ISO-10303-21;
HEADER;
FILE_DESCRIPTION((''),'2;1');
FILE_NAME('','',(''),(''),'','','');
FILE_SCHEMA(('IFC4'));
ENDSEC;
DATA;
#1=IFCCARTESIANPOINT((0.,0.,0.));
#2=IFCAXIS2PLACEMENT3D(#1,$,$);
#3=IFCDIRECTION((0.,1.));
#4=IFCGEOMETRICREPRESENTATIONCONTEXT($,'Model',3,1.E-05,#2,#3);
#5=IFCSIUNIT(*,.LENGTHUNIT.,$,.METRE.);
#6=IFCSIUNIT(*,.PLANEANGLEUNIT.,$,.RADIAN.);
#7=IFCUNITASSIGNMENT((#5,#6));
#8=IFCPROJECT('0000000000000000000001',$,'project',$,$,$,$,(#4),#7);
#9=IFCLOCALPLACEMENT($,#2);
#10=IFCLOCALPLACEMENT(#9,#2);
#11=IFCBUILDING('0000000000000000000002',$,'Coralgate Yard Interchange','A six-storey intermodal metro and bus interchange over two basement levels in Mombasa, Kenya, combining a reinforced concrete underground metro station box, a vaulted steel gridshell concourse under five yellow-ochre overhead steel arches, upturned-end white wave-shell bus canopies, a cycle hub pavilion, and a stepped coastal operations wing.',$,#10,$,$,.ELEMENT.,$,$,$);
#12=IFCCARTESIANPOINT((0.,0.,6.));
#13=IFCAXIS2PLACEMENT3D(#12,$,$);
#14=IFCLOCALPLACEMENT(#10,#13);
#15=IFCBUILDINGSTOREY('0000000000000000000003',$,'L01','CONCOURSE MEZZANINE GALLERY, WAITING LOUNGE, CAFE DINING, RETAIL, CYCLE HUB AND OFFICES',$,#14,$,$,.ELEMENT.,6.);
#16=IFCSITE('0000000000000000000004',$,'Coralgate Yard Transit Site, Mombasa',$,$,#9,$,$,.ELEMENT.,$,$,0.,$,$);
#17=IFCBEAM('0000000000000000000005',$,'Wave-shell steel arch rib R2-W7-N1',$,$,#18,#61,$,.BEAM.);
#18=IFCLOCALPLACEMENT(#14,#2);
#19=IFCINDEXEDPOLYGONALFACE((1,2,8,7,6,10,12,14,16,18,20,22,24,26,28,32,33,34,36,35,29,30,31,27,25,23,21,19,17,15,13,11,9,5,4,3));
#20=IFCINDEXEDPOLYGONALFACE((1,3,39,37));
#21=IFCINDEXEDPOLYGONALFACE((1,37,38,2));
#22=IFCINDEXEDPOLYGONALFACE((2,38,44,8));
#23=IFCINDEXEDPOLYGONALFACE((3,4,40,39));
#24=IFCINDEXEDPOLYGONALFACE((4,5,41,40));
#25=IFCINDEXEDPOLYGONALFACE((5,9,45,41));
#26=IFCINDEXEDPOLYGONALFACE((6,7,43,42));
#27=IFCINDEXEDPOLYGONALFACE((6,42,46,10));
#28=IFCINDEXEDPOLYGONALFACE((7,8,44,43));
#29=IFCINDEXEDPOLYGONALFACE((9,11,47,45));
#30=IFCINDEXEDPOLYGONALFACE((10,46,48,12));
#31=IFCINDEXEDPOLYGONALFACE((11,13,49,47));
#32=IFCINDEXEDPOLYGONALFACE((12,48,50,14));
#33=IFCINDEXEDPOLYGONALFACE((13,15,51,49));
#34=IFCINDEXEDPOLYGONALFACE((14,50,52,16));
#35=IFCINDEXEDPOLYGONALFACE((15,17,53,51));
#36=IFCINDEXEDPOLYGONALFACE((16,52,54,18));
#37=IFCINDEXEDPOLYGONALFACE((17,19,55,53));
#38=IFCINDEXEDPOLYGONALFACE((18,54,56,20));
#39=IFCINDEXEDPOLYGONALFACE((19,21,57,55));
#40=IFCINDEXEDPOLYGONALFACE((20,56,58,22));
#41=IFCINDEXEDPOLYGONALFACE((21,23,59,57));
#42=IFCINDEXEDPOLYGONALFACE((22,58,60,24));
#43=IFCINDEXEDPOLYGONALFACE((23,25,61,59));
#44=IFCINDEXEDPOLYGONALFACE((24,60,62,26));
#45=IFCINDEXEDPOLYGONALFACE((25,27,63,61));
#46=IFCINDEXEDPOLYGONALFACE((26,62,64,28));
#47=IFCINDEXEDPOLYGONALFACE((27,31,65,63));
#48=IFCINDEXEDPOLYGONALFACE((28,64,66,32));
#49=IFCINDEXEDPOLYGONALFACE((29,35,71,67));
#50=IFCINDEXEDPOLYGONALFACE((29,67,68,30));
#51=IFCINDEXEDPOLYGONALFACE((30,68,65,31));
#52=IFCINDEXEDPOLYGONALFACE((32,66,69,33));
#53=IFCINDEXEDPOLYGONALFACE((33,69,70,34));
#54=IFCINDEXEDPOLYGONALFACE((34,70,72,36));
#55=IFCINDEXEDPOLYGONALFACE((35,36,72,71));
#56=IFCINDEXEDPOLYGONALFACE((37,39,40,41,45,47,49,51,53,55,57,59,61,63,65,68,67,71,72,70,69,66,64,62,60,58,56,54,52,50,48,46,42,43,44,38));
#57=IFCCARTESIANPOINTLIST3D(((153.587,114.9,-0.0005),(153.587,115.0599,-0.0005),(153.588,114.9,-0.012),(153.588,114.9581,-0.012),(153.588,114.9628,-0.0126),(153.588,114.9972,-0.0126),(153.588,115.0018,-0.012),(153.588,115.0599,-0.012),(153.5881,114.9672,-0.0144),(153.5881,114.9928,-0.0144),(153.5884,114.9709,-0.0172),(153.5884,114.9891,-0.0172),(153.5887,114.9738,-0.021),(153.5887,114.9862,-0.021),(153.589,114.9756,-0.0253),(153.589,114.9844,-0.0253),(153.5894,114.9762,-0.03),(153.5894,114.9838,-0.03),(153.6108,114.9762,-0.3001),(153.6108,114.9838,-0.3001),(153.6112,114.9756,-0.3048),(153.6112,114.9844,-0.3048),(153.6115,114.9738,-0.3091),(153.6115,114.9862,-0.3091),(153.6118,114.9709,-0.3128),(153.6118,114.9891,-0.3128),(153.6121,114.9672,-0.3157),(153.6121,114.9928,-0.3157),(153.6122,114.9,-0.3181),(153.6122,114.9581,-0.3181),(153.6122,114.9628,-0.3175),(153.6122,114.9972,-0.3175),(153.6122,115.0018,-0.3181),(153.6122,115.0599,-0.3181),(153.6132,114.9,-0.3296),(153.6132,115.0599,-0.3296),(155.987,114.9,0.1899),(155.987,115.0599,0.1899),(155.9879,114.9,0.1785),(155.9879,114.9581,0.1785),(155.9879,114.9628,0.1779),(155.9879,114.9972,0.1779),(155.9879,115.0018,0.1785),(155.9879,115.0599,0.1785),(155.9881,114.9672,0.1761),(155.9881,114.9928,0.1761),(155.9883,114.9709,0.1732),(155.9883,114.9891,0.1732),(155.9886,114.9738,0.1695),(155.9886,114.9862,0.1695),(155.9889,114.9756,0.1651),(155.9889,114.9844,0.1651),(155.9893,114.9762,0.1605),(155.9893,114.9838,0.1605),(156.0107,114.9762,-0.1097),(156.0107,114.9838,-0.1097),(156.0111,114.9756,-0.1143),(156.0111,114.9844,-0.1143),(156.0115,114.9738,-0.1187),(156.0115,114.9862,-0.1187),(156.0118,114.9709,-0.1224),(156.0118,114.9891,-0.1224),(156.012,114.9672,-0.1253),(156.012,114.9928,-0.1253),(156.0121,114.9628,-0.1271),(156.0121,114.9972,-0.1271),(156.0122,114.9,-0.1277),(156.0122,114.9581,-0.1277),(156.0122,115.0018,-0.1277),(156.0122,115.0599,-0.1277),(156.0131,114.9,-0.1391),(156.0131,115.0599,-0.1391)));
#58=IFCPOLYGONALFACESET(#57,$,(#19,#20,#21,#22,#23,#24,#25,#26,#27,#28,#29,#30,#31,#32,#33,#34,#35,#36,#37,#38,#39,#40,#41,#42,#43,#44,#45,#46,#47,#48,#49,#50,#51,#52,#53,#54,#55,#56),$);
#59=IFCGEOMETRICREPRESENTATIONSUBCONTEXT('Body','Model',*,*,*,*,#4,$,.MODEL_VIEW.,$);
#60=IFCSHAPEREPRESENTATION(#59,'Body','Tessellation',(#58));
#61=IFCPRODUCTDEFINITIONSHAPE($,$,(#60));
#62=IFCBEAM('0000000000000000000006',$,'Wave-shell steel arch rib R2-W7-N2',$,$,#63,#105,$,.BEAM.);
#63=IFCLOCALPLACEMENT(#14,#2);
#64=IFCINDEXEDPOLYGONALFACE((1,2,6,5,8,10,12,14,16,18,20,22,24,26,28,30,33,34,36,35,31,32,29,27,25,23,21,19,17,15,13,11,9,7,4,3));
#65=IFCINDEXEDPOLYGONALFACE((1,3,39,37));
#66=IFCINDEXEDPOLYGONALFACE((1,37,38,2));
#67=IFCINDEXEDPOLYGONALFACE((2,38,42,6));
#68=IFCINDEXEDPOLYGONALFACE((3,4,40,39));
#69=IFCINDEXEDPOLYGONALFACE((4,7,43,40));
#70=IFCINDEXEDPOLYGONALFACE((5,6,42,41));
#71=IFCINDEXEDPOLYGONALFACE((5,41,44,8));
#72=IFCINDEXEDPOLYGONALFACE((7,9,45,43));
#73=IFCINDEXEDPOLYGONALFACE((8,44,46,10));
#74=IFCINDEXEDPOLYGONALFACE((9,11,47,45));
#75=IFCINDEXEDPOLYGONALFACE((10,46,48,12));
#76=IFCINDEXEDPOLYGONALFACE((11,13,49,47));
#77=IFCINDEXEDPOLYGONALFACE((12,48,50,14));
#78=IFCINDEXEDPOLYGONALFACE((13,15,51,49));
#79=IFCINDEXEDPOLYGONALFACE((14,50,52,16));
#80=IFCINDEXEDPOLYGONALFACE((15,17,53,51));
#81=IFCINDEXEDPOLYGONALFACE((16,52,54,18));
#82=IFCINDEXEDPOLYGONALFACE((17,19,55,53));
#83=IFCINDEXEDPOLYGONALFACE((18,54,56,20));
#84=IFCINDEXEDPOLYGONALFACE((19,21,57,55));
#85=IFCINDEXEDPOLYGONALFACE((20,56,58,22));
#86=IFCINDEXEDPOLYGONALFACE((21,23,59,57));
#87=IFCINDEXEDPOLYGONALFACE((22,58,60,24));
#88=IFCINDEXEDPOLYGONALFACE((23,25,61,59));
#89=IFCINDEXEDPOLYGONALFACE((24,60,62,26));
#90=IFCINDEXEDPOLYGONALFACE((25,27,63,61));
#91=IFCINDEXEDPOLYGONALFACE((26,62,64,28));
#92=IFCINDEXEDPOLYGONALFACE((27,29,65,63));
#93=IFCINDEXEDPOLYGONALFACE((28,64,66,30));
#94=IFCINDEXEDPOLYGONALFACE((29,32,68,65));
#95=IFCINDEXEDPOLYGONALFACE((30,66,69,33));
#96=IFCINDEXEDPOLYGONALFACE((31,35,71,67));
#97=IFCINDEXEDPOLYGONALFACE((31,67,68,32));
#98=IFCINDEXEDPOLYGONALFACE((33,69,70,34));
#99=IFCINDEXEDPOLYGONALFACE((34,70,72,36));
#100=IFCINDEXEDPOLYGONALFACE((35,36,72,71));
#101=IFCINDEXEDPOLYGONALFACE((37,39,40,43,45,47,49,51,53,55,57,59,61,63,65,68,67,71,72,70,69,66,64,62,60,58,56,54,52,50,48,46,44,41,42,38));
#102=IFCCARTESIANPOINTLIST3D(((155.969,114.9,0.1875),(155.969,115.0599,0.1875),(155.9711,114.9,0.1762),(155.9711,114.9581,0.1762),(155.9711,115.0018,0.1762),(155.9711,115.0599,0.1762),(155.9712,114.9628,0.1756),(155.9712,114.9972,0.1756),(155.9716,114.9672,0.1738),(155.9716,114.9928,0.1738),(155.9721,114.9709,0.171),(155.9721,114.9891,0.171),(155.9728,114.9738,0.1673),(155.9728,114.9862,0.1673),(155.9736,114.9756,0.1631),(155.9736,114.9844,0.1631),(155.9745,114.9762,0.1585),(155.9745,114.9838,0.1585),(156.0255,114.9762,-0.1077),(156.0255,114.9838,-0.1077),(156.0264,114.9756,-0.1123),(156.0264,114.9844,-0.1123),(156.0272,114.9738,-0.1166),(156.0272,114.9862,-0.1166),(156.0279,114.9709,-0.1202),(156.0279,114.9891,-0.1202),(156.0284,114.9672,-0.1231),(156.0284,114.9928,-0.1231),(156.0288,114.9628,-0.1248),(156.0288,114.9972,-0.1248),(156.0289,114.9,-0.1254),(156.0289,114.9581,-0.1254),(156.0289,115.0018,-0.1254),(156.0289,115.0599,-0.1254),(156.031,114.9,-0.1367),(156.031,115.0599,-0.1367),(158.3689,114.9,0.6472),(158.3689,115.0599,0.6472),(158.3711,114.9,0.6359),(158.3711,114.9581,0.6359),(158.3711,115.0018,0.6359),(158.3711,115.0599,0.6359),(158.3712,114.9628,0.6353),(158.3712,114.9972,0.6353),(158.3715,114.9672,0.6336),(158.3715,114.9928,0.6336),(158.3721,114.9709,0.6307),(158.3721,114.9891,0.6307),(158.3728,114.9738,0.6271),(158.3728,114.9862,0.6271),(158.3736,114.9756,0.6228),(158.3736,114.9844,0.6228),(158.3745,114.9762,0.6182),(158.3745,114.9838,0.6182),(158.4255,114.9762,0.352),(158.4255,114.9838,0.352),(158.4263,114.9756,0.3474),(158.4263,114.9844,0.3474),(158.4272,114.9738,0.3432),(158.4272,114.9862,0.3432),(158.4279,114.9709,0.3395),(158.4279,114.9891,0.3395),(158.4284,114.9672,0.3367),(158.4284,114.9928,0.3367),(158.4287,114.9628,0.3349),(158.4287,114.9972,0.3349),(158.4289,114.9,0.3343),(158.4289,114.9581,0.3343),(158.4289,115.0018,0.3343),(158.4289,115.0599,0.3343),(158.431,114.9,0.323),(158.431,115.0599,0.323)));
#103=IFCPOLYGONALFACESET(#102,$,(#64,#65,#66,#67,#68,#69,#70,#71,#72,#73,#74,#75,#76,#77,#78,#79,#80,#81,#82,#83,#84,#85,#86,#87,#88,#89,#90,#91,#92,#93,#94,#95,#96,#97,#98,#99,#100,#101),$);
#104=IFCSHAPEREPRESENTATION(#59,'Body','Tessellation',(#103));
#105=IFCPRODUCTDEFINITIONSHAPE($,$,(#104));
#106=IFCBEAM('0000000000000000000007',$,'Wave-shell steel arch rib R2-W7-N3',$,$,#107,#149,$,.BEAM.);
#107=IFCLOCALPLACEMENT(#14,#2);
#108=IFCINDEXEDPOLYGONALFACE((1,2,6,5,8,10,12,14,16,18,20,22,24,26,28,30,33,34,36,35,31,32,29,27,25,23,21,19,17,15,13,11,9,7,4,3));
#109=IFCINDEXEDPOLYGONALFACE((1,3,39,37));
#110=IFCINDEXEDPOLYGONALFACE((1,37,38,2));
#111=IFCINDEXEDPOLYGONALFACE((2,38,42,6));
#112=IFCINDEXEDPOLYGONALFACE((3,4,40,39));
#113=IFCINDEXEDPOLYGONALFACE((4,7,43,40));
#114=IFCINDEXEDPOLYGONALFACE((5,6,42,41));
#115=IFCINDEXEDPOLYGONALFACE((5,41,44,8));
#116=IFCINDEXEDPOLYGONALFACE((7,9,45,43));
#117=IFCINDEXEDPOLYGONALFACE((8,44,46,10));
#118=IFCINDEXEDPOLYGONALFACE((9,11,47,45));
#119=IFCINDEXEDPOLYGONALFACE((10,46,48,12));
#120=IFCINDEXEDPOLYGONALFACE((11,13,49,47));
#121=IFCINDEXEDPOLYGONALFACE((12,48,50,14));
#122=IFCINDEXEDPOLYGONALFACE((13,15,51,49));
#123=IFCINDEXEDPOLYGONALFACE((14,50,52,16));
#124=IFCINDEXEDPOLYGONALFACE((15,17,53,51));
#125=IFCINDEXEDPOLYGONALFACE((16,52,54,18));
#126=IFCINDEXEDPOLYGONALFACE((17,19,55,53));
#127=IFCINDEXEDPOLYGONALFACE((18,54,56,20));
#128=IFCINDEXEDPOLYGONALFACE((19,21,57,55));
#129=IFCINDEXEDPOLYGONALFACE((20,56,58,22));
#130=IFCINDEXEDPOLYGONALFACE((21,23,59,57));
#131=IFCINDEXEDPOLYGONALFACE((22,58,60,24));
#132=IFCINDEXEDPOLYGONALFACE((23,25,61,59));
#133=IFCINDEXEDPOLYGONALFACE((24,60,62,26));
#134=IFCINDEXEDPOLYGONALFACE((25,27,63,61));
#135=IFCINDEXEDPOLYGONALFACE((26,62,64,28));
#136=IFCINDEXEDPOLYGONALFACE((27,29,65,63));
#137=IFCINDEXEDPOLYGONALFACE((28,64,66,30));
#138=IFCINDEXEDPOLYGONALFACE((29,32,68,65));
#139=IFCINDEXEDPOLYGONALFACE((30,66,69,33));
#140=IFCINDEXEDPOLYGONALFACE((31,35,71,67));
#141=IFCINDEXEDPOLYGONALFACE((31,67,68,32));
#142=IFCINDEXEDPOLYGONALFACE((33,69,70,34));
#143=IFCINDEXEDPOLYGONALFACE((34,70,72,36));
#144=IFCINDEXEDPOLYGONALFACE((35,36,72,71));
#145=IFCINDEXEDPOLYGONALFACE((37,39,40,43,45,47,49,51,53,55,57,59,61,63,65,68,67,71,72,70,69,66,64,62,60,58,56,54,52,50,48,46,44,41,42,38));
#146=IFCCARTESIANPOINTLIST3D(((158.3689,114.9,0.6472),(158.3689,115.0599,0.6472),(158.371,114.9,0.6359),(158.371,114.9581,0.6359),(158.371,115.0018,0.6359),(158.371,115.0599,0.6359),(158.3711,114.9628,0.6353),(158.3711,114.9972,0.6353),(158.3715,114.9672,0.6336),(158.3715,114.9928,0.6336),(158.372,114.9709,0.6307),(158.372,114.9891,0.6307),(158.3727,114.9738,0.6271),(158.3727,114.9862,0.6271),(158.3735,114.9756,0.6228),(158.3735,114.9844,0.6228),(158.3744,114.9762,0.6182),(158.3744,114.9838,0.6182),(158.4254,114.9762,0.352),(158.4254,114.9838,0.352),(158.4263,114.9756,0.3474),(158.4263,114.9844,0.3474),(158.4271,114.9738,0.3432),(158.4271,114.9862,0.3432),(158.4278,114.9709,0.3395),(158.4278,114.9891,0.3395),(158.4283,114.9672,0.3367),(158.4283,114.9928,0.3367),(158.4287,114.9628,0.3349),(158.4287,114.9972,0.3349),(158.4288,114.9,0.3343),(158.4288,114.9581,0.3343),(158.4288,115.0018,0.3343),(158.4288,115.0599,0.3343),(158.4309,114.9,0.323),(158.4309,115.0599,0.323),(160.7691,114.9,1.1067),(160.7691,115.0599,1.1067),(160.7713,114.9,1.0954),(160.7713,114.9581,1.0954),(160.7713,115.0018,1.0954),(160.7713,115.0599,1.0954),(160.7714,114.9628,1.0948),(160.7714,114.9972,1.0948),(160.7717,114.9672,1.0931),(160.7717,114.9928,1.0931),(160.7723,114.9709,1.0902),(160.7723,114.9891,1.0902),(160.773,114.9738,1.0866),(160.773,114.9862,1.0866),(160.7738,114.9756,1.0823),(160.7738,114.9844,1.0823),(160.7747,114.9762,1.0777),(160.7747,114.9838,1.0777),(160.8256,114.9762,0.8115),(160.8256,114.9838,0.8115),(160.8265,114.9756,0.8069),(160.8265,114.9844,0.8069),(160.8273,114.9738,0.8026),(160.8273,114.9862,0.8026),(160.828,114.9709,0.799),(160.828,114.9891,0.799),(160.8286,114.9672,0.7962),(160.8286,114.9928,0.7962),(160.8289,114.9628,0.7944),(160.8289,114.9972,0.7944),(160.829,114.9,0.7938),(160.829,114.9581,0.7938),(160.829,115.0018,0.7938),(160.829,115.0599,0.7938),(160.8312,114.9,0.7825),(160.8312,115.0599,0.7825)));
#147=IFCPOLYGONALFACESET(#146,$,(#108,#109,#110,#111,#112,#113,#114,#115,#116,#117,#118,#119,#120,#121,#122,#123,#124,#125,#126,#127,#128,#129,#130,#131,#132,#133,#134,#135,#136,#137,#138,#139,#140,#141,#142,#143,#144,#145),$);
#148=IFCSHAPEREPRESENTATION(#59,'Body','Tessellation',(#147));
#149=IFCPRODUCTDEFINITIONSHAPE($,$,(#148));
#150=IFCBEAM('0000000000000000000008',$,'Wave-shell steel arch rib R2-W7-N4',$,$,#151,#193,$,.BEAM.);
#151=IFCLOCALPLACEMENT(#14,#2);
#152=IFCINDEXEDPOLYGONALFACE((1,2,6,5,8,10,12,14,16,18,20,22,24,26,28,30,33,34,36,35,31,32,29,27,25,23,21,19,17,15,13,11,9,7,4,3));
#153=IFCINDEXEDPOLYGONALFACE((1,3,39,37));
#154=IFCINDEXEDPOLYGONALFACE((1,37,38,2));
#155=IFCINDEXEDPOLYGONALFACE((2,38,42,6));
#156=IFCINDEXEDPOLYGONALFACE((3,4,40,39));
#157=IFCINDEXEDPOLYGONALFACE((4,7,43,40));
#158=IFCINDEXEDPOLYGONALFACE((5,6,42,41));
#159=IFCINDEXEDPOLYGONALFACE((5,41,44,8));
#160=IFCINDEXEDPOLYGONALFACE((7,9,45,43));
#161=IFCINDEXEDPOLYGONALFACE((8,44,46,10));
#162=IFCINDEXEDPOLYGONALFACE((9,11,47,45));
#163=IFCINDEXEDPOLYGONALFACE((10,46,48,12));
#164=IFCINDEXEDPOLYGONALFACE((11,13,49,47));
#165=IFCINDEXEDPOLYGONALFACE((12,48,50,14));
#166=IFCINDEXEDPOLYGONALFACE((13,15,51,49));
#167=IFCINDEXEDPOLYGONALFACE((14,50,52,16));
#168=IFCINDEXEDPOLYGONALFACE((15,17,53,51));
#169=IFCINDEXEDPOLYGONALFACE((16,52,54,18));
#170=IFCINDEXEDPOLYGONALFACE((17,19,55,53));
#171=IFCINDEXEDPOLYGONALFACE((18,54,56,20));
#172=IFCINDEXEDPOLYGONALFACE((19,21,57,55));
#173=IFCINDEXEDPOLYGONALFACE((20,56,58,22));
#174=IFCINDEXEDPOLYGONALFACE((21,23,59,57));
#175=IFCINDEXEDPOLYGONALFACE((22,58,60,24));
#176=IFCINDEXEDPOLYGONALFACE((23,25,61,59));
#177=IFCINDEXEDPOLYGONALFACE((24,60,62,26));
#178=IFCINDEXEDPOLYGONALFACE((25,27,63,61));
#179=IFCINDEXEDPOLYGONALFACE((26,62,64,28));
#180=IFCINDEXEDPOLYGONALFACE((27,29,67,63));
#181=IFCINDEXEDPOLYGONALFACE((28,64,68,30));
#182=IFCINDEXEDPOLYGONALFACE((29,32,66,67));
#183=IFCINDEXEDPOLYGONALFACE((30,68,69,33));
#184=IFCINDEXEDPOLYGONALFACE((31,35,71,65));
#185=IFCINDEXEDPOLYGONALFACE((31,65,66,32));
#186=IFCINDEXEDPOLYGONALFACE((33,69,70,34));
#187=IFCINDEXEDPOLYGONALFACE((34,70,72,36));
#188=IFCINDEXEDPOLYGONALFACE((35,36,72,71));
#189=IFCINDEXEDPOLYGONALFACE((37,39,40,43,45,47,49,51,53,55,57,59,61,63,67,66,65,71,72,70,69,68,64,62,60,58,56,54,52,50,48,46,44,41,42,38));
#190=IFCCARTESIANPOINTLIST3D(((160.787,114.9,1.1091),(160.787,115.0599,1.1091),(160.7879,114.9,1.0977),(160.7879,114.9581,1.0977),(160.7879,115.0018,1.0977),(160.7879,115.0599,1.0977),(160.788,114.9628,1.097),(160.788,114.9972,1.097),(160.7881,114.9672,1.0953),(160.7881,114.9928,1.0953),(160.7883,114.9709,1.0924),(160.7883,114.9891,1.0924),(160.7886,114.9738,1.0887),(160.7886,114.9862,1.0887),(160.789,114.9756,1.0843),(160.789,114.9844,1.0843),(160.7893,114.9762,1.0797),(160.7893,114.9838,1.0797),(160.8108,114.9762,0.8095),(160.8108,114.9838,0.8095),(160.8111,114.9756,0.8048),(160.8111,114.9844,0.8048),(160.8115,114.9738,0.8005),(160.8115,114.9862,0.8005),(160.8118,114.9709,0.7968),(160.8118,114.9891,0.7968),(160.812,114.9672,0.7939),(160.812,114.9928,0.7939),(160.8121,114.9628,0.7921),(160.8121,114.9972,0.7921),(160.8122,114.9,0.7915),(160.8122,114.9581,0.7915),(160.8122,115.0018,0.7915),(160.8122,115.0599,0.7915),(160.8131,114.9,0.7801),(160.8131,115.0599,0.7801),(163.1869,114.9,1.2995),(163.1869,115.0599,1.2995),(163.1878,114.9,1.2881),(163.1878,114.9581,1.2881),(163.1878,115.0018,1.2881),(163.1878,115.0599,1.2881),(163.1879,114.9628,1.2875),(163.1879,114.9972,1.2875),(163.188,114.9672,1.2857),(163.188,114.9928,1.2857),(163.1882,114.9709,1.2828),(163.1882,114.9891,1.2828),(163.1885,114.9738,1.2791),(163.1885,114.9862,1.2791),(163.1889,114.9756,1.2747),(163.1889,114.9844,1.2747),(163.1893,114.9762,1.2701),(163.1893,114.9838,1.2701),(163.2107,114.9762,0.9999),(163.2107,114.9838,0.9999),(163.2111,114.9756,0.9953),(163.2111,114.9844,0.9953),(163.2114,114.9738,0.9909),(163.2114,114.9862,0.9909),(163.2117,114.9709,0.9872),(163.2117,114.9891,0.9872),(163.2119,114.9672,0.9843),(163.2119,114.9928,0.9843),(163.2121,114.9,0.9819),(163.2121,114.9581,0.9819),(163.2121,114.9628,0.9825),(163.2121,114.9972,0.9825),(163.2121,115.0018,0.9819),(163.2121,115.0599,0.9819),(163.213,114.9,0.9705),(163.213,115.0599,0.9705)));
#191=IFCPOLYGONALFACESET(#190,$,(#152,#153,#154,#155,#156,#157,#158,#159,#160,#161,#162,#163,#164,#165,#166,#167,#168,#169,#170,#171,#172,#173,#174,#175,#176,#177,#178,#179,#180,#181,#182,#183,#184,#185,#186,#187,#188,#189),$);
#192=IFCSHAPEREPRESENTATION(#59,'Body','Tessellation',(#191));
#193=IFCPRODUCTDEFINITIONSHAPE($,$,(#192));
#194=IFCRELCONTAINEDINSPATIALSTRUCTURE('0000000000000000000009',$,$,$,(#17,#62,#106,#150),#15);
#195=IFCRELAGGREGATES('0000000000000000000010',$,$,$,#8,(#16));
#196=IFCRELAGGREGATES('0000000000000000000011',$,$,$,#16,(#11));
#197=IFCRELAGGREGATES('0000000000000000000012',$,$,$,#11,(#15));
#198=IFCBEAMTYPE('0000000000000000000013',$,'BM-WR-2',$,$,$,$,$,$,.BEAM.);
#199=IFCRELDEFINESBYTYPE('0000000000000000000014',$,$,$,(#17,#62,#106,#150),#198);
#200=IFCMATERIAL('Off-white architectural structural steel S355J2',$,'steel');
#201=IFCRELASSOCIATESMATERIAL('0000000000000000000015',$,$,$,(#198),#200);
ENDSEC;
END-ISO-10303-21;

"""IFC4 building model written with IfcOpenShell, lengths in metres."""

from ifc_helpers import new_model, si_unit, direction, frame, origin, origin_2d, place, context, subcontext, project, spatial, i_section, extrude, material, material_profile, profile_set, type_object, element, save


model = new_model("IFC4")

# Units and contexts
model_context = context("Model", 3, precision=1e-05, world=origin(), true_north=direction((0.0, 1.0)))
body_context = subcontext(model_context, "Body", "Model", "MODEL_VIEW")
ifc_project = project(units=[si_unit("LENGTHUNIT", "METRE"), si_unit("PLANEANGLEUNIT", "RADIAN")], contexts=[model_context])

# Site, building, storey
site_placement = place(None, origin())
site = spatial("IfcSite", under=ifc_project, at=site_placement, Name="Coralgate Yard Transit Site, Mombasa", CompositionType="ELEMENT", RefElevation=0.0)
building_placement = place(site_placement, origin())
building = spatial("IfcBuilding", under=site, at=building_placement, Name="Coralgate Yard Interchange", Description="A six-storey intermodal metro and bus interchange over two basement levels in Mombasa, Kenya, combining a reinforced concrete underground metro station box, a vaulted steel gridshell concourse under five yellow-ochre overhead steel arches, upturned-end white wave-shell bus canopies, a cycle hub pavilion, and a stepped coastal operations wing.", CompositionType="ELEMENT")
storey_placement = place(building_placement, frame((0.0, 0.0, 6.0)))
storey = spatial("IfcBuildingStorey", under=building, at=storey_placement, Name="L01", Description="CONCOURSE MEZZANINE GALLERY, WAITING LOUNGE, CAFE DINING, RETAIL, CYCLE HUB AND OFFICES", CompositionType="ELEMENT", Elevation=6.0)

# Beams
ifc_material_1 = material(Name="Off-white architectural structural steel S355J2", Category="steel")
ifc_material_profile_1 = material_profile(ifc_material_1, i_section(OverallWidth=0.1599, OverallDepth=0.3301, WebThickness=0.0076, FlangeThickness=0.0115, FilletRadius=0.0181, at=origin_2d()), Name="IPE 330")
ifc_profile_set_1 = profile_set([ifc_material_profile_1], Name="Off-white architectural structural steel S355J2")
beam_type_1 = type_object("IfcBeamType", Name="BM-WR-2", PredefinedType="BEAM", material=ifc_profile_set_1)
beam_1_placement = place(storey_placement, frame((153.6001, 114.98, -0.165), z_axis=(0.996867, 0.0, 0.0791), x_axis=(0.0, 1.0, 0.0)))
element("IfcBeam", 1, at=beam_1_placement, inside=storey, type_object=beam_type_1, Name="Wave-shell steel arch rib R2-W7-N1", PredefinedType="BEAM", context=body_context, shape_type="SweptSolid", body=[
    extrude(i_section(OverallWidth=0.1599, OverallDepth=0.3301, WebThickness=0.0076, FlangeThickness=0.0115, FilletRadius=0.0181, at=origin_2d()), origin(), (0.0, 0.0, 1.0), 2.4075),
])
beam_2_placement = place(storey_placement, frame((156.0, 114.98, 0.0254), z_axis=(0.982143, 0.0, 0.188136), x_axis=(0.0, 1.0, 0.0)))
element("IfcBeam", 2, at=beam_2_placement, inside=storey, type_object=beam_type_1, Name="Wave-shell steel arch rib R2-W7-N2", PredefinedType="BEAM", context=body_context, shape_type="SweptSolid", body=[
    extrude(i_section(OverallWidth=0.1599, OverallDepth=0.3301, WebThickness=0.0076, FlangeThickness=0.0115, FilletRadius=0.0181, at=origin_2d()), origin(), (0.0, 0.0, 1.0), 2.4436),
])
beam_3_placement = place(storey_placement, frame((158.3999, 114.98, 0.4851), z_axis=(0.982165, 0.0, 0.188021), x_axis=(0.0, 1.0, 0.0)))
element("IfcBeam", 3, at=beam_3_placement, inside=storey, type_object=beam_type_1, Name="Wave-shell steel arch rib R2-W7-N3", PredefinedType="BEAM", context=body_context, shape_type="SweptSolid", body=[
    extrude(i_section(OverallWidth=0.1599, OverallDepth=0.3301, WebThickness=0.0076, FlangeThickness=0.0115, FilletRadius=0.0181, at=origin_2d()), origin(), (0.0, 0.0, 1.0), 2.4438),
])
beam_4_placement = place(storey_placement, frame((160.8, 114.98, 0.9446), z_axis=(0.996867, 0.0, 0.0791), x_axis=(0.0, 1.0, 0.0)))
element("IfcBeam", 4, at=beam_4_placement, inside=storey, type_object=beam_type_1, Name="Wave-shell steel arch rib R2-W7-N4", PredefinedType="BEAM", context=body_context, shape_type="SweptSolid", body=[
    extrude(i_section(OverallWidth=0.1599, OverallDepth=0.3301, WebThickness=0.0076, FlangeThickness=0.0115, FilletRadius=0.0181, at=origin_2d()), origin(), (0.0, 0.0, 1.0), 2.4075),
])

save(model, "model.ifc")
